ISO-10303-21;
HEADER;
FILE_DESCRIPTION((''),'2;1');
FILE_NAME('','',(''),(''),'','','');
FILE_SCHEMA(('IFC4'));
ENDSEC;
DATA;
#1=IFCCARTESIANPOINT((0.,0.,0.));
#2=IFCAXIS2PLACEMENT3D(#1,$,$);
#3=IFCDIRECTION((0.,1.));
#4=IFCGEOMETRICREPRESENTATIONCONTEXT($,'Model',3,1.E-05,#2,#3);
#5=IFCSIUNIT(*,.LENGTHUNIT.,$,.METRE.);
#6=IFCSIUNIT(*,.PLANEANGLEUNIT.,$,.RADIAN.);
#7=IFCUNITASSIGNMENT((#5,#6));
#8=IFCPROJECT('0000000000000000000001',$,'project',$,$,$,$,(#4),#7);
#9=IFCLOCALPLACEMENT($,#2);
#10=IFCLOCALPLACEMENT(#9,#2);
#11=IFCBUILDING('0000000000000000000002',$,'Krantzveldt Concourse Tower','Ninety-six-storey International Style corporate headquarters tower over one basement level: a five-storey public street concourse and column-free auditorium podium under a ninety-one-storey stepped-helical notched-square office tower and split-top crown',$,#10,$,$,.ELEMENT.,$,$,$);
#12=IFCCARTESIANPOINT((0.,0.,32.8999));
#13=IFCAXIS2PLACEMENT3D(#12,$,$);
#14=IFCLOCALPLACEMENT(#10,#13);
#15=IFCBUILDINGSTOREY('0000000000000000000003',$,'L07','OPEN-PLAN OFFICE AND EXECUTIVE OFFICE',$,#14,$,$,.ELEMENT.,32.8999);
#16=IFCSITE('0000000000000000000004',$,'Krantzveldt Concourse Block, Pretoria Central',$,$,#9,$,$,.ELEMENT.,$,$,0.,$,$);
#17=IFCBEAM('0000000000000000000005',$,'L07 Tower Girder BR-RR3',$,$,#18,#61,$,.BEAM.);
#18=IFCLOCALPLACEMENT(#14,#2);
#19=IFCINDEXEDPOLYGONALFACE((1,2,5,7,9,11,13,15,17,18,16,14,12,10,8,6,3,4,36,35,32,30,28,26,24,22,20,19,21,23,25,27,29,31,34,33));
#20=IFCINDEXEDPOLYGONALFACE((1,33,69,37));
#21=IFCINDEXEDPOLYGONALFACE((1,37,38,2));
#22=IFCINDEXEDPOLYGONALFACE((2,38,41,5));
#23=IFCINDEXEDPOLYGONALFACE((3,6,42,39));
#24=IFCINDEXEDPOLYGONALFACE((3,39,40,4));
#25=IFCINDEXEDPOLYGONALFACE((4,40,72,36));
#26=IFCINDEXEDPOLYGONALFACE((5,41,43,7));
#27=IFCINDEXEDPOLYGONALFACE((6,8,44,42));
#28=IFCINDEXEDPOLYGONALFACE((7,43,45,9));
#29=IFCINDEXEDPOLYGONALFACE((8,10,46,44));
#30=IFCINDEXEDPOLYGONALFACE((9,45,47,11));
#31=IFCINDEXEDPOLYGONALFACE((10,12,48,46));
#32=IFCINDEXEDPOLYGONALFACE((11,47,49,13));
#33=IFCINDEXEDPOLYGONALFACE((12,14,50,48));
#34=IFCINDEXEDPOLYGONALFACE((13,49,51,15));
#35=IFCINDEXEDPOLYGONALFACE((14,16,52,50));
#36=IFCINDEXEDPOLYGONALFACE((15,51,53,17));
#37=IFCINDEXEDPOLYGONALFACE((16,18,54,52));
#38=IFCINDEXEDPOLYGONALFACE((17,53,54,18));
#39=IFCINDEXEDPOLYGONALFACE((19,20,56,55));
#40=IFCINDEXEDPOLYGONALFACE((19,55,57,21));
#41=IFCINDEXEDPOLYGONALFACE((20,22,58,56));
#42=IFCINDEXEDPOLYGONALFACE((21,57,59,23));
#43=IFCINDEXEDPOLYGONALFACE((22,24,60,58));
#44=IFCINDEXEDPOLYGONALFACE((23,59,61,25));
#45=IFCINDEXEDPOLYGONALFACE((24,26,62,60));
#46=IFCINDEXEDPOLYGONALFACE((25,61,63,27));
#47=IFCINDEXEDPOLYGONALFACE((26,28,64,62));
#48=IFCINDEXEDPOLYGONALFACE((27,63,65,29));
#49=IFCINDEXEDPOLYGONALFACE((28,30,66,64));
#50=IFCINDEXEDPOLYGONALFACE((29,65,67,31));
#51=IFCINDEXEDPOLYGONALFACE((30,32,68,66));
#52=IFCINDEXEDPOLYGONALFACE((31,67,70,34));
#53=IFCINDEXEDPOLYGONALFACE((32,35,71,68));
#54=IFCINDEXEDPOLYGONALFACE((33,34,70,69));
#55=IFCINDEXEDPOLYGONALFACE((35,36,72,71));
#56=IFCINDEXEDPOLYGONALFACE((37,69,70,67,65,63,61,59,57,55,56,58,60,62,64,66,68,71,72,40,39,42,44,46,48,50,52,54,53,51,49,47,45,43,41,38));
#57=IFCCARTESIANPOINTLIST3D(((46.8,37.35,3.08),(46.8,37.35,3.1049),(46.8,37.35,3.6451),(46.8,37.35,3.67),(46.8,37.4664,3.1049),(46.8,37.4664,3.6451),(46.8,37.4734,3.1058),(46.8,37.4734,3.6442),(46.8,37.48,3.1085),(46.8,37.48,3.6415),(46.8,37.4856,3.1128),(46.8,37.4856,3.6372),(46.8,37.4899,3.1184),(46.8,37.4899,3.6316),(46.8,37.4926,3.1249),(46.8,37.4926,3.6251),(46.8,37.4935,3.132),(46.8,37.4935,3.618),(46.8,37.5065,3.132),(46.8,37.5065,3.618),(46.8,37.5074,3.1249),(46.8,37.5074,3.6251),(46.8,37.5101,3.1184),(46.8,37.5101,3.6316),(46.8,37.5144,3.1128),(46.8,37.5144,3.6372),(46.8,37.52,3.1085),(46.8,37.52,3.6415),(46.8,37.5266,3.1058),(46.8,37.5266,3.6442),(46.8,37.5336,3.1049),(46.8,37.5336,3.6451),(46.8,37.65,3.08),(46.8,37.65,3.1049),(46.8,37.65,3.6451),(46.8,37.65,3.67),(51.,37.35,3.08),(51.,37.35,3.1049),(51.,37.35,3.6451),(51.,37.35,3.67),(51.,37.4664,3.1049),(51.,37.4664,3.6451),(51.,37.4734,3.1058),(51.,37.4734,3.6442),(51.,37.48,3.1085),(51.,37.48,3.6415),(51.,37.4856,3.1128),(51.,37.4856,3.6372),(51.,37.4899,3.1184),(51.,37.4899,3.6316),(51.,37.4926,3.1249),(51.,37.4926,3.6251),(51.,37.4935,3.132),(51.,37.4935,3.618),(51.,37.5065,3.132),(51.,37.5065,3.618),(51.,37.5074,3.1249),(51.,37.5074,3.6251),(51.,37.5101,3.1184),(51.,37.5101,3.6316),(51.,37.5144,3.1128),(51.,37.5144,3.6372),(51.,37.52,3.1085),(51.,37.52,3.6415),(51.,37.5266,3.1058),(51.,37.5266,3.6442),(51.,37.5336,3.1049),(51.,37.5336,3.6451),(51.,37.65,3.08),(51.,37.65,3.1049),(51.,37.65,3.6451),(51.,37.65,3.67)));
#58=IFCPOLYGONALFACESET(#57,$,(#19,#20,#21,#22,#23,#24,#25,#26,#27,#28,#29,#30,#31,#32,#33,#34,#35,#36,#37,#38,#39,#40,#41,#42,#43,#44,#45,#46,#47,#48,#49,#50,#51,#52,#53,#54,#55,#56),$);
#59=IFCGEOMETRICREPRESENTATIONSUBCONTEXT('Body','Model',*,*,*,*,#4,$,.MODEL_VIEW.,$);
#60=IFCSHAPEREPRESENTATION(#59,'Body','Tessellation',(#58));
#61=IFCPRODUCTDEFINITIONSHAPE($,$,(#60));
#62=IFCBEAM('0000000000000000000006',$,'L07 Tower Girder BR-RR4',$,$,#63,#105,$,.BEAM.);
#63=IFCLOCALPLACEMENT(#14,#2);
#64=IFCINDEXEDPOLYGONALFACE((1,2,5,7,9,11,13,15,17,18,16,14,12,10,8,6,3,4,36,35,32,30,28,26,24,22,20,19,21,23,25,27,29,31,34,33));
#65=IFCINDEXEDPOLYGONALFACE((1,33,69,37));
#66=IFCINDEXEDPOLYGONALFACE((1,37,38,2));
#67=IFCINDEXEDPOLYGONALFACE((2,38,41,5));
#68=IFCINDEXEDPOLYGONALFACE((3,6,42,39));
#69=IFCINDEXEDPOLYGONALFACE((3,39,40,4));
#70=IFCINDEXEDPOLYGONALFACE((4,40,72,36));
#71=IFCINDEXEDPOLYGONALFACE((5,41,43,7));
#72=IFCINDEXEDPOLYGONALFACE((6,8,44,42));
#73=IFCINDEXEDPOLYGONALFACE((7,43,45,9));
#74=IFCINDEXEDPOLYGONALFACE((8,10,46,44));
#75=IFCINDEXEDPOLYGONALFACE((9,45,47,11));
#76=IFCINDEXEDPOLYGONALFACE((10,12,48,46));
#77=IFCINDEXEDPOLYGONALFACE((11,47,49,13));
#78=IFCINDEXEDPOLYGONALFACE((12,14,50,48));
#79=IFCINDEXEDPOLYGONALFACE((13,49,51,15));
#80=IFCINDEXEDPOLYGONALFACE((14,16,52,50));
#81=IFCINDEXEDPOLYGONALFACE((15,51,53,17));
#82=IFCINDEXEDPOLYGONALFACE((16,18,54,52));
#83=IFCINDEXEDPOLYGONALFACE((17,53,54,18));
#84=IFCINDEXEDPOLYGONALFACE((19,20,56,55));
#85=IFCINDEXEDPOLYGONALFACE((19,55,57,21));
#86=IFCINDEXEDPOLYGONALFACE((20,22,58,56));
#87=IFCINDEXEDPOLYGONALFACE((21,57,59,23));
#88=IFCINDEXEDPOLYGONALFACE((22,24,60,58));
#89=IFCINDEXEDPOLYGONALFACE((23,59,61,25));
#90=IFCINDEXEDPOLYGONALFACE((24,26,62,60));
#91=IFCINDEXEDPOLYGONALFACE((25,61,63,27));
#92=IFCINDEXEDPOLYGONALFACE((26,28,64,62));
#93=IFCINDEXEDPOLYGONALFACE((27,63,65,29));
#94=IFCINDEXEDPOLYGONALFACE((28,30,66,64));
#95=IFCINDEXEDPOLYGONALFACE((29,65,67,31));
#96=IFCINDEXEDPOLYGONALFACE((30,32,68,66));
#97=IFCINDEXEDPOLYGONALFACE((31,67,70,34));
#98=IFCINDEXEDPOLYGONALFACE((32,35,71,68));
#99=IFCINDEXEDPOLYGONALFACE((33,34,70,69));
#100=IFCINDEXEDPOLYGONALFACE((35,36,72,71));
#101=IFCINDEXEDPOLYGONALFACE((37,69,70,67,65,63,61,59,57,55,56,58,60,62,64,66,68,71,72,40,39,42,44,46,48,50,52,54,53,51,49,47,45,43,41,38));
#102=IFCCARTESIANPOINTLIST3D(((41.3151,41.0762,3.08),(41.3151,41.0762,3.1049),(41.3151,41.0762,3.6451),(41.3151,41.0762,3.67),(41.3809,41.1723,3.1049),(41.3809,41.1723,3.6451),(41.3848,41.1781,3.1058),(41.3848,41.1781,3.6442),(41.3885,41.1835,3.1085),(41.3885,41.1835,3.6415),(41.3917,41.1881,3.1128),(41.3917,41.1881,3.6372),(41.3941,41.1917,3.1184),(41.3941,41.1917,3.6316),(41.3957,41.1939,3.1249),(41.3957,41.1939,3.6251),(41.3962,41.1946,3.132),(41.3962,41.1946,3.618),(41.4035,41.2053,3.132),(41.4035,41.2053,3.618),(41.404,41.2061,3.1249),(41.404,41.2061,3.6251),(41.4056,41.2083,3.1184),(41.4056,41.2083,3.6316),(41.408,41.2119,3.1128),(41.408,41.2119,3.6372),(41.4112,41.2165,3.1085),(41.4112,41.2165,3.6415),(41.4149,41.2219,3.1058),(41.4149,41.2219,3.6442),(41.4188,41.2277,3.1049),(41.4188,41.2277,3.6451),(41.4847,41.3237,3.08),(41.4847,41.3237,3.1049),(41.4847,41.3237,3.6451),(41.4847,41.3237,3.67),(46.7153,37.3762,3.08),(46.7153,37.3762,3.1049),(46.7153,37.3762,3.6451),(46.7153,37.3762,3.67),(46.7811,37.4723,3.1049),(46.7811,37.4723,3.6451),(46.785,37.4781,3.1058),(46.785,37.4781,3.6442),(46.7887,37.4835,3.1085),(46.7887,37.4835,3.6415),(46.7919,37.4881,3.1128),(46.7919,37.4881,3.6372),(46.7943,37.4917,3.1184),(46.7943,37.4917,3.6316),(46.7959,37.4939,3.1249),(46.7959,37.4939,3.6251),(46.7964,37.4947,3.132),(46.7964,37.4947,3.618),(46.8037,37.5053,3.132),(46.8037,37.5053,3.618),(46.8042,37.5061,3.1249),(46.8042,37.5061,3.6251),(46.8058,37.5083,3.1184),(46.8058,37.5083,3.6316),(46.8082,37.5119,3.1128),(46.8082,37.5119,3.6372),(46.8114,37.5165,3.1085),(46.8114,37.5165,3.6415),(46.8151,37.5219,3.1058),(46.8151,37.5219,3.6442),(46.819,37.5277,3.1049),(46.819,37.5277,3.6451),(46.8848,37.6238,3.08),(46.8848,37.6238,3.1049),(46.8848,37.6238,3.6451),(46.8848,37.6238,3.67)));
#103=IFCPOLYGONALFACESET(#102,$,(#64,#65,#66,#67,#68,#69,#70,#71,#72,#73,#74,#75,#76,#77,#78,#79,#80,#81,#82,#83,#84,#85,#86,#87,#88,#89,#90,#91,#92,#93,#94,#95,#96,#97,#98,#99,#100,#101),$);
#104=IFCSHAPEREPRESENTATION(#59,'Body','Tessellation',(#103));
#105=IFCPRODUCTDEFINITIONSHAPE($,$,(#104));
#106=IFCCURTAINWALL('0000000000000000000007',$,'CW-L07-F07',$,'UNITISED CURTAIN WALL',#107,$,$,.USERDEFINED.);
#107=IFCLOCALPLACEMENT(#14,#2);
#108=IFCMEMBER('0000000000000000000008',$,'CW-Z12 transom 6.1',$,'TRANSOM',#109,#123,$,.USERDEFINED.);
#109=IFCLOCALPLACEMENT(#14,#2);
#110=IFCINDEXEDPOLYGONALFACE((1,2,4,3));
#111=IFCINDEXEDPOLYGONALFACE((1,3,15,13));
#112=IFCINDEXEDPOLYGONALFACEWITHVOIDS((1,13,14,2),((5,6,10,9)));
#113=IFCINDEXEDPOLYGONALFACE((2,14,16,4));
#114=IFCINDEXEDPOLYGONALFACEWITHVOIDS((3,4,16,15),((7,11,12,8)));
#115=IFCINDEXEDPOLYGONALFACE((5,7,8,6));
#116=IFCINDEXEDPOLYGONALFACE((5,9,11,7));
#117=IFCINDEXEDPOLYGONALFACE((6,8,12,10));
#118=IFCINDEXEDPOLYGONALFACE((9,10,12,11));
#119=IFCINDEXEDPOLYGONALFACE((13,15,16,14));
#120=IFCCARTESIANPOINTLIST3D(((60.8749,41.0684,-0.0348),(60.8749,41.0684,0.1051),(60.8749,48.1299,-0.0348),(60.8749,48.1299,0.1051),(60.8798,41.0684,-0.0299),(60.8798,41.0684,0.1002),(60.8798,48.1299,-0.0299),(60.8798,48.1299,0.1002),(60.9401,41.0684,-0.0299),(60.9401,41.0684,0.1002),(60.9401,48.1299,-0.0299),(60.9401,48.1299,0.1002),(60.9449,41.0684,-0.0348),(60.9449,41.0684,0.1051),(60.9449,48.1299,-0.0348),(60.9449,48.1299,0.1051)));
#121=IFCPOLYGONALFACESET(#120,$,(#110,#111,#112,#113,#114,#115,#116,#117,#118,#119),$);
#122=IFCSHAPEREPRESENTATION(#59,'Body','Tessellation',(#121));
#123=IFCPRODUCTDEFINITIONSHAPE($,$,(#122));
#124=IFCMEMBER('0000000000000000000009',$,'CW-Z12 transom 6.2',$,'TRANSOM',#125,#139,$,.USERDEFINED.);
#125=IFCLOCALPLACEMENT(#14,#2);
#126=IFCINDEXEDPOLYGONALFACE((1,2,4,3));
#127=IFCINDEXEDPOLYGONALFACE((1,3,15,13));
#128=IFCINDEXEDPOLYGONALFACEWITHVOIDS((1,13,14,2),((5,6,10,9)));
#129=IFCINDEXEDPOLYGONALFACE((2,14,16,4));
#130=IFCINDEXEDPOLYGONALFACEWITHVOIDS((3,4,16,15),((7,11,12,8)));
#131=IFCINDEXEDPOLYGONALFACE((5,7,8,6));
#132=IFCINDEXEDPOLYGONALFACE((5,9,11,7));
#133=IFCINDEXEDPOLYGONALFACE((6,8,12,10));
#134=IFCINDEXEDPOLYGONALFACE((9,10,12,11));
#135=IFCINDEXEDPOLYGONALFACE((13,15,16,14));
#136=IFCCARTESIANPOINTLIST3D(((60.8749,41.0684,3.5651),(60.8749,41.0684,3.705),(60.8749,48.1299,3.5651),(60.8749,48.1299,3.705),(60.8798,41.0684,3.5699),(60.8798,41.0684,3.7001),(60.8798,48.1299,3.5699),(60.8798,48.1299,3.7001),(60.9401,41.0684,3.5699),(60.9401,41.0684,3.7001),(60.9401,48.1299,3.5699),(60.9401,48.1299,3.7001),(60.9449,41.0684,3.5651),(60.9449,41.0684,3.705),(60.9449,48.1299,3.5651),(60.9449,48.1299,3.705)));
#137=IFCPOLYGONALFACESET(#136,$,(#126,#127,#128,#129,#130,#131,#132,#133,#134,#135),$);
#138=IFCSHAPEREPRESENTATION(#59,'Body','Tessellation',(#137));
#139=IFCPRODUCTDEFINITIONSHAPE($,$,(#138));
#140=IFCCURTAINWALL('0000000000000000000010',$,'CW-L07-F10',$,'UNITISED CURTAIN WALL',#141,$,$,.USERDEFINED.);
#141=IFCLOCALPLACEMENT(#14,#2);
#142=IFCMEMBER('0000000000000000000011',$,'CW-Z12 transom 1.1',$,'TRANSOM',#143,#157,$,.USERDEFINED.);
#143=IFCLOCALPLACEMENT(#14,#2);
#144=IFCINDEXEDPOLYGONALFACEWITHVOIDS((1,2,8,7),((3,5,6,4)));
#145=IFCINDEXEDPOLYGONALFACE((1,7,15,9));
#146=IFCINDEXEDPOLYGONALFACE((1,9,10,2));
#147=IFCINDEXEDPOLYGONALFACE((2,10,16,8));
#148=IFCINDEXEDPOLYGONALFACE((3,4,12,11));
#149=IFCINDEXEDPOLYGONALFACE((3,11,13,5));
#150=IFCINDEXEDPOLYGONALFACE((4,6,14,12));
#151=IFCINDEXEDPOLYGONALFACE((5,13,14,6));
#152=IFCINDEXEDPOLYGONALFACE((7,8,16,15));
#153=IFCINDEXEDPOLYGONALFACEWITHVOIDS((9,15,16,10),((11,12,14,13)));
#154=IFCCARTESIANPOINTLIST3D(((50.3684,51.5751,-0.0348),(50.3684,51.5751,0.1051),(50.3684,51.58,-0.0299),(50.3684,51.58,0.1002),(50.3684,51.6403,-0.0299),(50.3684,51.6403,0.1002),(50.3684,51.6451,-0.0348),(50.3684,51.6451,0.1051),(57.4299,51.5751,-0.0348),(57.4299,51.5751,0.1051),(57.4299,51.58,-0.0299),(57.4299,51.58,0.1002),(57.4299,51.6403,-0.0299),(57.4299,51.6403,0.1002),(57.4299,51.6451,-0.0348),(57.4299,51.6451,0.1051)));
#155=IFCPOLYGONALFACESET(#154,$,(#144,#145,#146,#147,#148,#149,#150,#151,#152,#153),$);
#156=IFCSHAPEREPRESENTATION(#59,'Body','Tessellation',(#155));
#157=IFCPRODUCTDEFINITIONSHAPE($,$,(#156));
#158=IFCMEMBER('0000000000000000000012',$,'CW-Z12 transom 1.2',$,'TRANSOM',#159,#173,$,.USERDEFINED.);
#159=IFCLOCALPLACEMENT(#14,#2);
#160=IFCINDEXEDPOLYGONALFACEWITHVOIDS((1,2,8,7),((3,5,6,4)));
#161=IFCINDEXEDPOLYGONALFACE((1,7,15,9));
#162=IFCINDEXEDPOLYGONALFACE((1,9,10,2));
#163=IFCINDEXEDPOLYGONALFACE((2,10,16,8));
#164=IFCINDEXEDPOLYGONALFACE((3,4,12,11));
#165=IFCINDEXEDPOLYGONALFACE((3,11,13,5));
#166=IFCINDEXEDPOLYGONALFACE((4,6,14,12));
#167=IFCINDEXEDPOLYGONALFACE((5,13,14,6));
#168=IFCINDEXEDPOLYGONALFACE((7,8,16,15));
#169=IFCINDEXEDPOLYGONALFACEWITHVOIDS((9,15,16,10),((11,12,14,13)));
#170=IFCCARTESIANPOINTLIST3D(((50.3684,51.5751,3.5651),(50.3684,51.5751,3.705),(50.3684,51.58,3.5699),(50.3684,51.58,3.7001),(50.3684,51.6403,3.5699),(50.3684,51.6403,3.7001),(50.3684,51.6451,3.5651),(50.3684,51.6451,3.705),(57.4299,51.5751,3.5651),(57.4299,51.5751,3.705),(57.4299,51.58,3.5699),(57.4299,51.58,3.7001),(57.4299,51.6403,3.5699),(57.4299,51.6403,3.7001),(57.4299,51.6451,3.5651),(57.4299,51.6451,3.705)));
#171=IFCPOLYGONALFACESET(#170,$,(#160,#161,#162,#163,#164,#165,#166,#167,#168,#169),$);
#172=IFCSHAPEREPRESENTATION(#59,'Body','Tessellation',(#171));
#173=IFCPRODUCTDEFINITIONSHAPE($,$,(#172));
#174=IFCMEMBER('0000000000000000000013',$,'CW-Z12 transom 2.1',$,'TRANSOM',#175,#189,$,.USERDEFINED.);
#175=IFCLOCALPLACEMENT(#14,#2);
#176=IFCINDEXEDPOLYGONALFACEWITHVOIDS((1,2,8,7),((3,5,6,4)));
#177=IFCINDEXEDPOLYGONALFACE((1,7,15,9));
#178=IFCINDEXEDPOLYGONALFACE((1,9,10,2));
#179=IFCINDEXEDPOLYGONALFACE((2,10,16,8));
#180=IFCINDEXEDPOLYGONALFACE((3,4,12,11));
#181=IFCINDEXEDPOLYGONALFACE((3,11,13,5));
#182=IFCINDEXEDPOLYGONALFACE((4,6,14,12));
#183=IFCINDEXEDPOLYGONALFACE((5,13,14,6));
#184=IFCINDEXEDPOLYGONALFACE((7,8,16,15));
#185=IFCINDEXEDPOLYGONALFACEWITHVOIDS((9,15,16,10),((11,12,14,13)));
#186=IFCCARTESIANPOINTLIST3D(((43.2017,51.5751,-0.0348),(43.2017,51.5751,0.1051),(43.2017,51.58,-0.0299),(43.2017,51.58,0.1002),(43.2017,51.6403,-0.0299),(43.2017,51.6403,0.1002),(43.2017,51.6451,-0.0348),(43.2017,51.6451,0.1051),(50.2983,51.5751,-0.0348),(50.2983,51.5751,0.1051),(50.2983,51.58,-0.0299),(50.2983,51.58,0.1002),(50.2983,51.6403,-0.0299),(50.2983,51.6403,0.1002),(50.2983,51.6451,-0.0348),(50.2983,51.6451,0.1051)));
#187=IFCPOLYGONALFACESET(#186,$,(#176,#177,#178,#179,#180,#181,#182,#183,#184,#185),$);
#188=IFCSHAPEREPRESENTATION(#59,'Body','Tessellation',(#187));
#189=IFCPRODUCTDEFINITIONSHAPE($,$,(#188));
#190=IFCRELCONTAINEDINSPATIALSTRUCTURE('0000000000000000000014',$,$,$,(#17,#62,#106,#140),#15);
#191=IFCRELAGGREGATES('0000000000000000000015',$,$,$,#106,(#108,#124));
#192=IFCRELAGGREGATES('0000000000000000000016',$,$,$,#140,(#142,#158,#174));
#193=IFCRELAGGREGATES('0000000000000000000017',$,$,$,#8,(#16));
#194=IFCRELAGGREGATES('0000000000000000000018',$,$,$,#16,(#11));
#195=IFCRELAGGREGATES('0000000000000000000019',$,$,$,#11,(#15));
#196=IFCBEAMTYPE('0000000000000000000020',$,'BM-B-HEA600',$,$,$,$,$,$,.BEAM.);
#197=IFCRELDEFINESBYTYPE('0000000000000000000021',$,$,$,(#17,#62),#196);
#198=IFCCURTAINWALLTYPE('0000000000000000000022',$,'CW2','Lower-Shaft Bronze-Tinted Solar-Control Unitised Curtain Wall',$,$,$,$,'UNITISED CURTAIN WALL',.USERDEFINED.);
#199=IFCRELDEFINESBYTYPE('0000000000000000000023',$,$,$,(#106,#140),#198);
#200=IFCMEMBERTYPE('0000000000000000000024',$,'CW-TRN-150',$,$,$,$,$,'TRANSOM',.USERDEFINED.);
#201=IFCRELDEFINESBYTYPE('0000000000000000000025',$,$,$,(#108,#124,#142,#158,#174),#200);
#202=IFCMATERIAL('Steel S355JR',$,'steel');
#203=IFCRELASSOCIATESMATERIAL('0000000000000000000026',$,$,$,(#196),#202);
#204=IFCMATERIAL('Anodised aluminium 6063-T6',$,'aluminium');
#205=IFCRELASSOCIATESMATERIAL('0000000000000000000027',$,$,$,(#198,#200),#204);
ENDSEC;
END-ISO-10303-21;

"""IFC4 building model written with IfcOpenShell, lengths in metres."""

from ifc_helpers import new_model, si_unit, direction, frame, origin, origin_2d, place, context, subcontext, project, spatial, hollow_rectangle, i_section, extrude, source, transform, mapped, material, material_profile, profile_set, type_object, type_shapes, element, aggregate, save


model = new_model("IFC4")

# Units and contexts
model_context = context("Model", 3, precision=1e-05, world=origin(), true_north=direction((0.0, 1.0)))
body_context = subcontext(model_context, "Body", "Model", "MODEL_VIEW")
ifc_project = project(units=[si_unit("LENGTHUNIT", "METRE"), si_unit("PLANEANGLEUNIT", "RADIAN")], contexts=[model_context])

# Site, building, storey
site_placement = place(None, origin())
site = spatial("IfcSite", under=ifc_project, at=site_placement, Name="Krantzveldt Concourse Block, Pretoria Central", CompositionType="ELEMENT", RefElevation=0.0)
building_placement = place(site_placement, origin())
building = spatial("IfcBuilding", under=site, at=building_placement, Name="Krantzveldt Concourse Tower", Description="Ninety-six-storey International Style corporate headquarters tower over one basement level: a five-storey public street concourse and column-free auditorium podium under a ninety-one-storey stepped-helical notched-square office tower and split-top crown", CompositionType="ELEMENT")
storey_placement = place(building_placement, frame((0.0, 0.0, 32.8999)))
storey = spatial("IfcBuildingStorey", under=building, at=storey_placement, Name="L07", Description="OPEN-PLAN OFFICE AND EXECUTIVE OFFICE", CompositionType="ELEMENT", Elevation=32.8999)

# Beams
ifc_material_1 = material(Name="Steel S355JR", Category="steel")
ifc_material_profile_1 = material_profile(ifc_material_1, i_section(OverallWidth=0.3, OverallDepth=0.5901, WebThickness=0.0129, FlangeThickness=0.0249, FilletRadius=0.0271, at=origin_2d()), Name="Steel S355JR", Category="steel")
ifc_profile_set_1 = profile_set([ifc_material_profile_1], Name="Steel S355JR - HEA 600")
beam_type_1 = type_object("IfcBeamType", Name="BM-B-HEA600", PredefinedType="BEAM", material=ifc_profile_set_1)
shared_shape_1 = source(origin(), body_context, "Body", "SweptSolid", [
    extrude(i_section(OverallWidth=0.3, OverallDepth=0.5901, WebThickness=0.0129, FlangeThickness=0.0249, FilletRadius=0.0271, at=origin_2d()), origin(), (0.0, 0.0, 1.0), 4.2),
])
beam_1_placement = place(storey_placement, frame((46.8, 37.5, 3.375), z_axis=(1.0, 0.0, 0.0), x_axis=(0.0, 1.0, 0.0)))
element("IfcBeam", 1, at=beam_1_placement, inside=storey, type_object=beam_type_1, Name="L07 Tower Girder BR-RR3", PredefinedType="BEAM", context=body_context, shape_type="MappedRepresentation", body=[
    mapped(shared_shape_1, transform((0.0, 0.0, 0.0), x_axis=(1.0, 0.0, 0.0), y_axis=(0.0, 1.0, 0.0), z_axis=(0.0, 0.0, 1.0), scale=1.0)),
])
shared_shape_2 = source(origin(), body_context, "Body", "SweptSolid", [
    extrude(i_section(OverallWidth=0.3, OverallDepth=0.5901, WebThickness=0.0129, FlangeThickness=0.0249, FilletRadius=0.0271, at=origin_2d()), origin(), (0.0, 0.0, 1.0), 6.5461),
])
type_shapes(beam_type_1, [shared_shape_1, shared_shape_2])
beam_2_placement = place(storey_placement, frame((46.8, 37.5, 3.375), z_axis=(-0.824943, 0.565216, 0.0), x_axis=(-0.565216, -0.824943, 0.0)))
element("IfcBeam", 2, at=beam_2_placement, inside=storey, type_object=beam_type_1, Name="L07 Tower Girder BR-RR4", PredefinedType="BEAM", context=body_context, shape_type="MappedRepresentation", body=[
    mapped(shared_shape_2, transform((0.0, 0.0, 0.0), x_axis=(1.0, 0.0, 0.0), y_axis=(0.0, 1.0, 0.0), z_axis=(0.0, 0.0, 1.0), scale=1.0)),
])

# Curtain walls, members
ifc_material_2 = material(Name="Anodised aluminium 6063-T6", Category="aluminium")
curtain_wall_type = type_object("IfcCurtainWallType", Name="CW2", Description="Lower-Shaft Bronze-Tinted Solar-Control Unitised Curtain Wall", ElementType="UNITISED CURTAIN WALL", PredefinedType="USERDEFINED", material=ifc_material_2)
curtain_wall_1_placement = place(storey_placement, origin())
curtain_wall_1 = element("IfcCurtainWall", 3, at=curtain_wall_1_placement, inside=storey, type_object=curtain_wall_type, Name="CW-L07-F07", ObjectType="UNITISED CURTAIN WALL", PredefinedType="USERDEFINED")
ifc_material_profile_2 = material_profile(ifc_material_2, hollow_rectangle(XDim=0.0701, YDim=0.1399, WallThickness=0.0049, at=origin_2d()), Name="Anodised aluminium 6063-T6", Category="aluminium")
ifc_profile_set_2 = profile_set([ifc_material_profile_2], Name="Anodised aluminium 6063-T6 - ALU-TRAN 140x70x5")
member_type_1 = type_object("IfcMemberType", Name="CW-TRN-150", ElementType="TRANSOM", PredefinedType="USERDEFINED", material=ifc_profile_set_2)
shared_shape_3 = source(origin(), body_context, "Body", "SweptSolid", [
    extrude(hollow_rectangle(XDim=0.0701, YDim=0.1399, WallThickness=0.0049, at=origin_2d()), origin(), (0.0, 0.0, 1.0), 7.0615),
])
member_1_placement = place(storey_placement, frame((60.9099, 41.0684, 0.0352), z_axis=(0.0, 1.0, 0.0), x_axis=(-1.0, 0.0, 0.0)))
member_1 = element("IfcMember", 4, at=member_1_placement, type_object=member_type_1, Name="CW-Z12 transom 6.1", ObjectType="TRANSOM", PredefinedType="USERDEFINED", context=body_context, shape_type="MappedRepresentation", body=[
    mapped(shared_shape_3, transform((0.0, 0.0, 0.0), x_axis=(1.0, 0.0, 0.0), y_axis=(0.0, 1.0, 0.0), z_axis=(0.0, 0.0, 1.0), scale=1.0)),
])
member_2_placement = place(storey_placement, frame((60.9099, 41.0684, 3.635), z_axis=(0.0, 1.0, 0.0), x_axis=(-1.0, 0.0, 0.0)))
member_2 = element("IfcMember", 5, at=member_2_placement, type_object=member_type_1, Name="CW-Z12 transom 6.2", ObjectType="TRANSOM", PredefinedType="USERDEFINED", context=body_context, shape_type="MappedRepresentation", body=[
    mapped(shared_shape_3, transform((0.0, 0.0, 0.0), x_axis=(1.0, 0.0, 0.0), y_axis=(0.0, 1.0, 0.0), z_axis=(0.0, 0.0, 1.0), scale=1.0)),
])
curtain_wall_2_placement = place(storey_placement, origin())
curtain_wall_2 = element("IfcCurtainWall", 6, at=curtain_wall_2_placement, inside=storey, type_object=curtain_wall_type, Name="CW-L07-F10", ObjectType="UNITISED CURTAIN WALL", PredefinedType="USERDEFINED")
member_3_placement = place(storey_placement, frame((57.4299, 51.6101, 0.0352), z_axis=(-1.0, 0.0, 0.0), x_axis=(0.0, -1.0, 0.0)))
member_3 = element("IfcMember", 7, at=member_3_placement, type_object=member_type_1, Name="CW-Z12 transom 1.1", ObjectType="TRANSOM", PredefinedType="USERDEFINED", context=body_context, shape_type="MappedRepresentation", body=[
    mapped(shared_shape_3, transform((0.0, 0.0, 0.0), x_axis=(1.0, 0.0, 0.0), y_axis=(0.0, 1.0, 0.0), z_axis=(0.0, 0.0, 1.0), scale=1.0)),
])
member_4_placement = place(storey_placement, frame((57.4299, 51.6101, 3.635), z_axis=(-1.0, 0.0, 0.0), x_axis=(0.0, -1.0, 0.0)))
member_4 = element("IfcMember", 8, at=member_4_placement, type_object=member_type_1, Name="CW-Z12 transom 1.2", ObjectType="TRANSOM", PredefinedType="USERDEFINED", context=body_context, shape_type="MappedRepresentation", body=[
    mapped(shared_shape_3, transform((0.0, 0.0, 0.0), x_axis=(1.0, 0.0, 0.0), y_axis=(0.0, 1.0, 0.0), z_axis=(0.0, 0.0, 1.0), scale=1.0)),
])
shared_shape_4 = source(origin(), body_context, "Body", "SweptSolid", [
    extrude(hollow_rectangle(XDim=0.0701, YDim=0.1399, WallThickness=0.0049, at=origin_2d()), origin(), (0.0, 0.0, 1.0), 7.0967),
])
type_shapes(member_type_1, [shared_shape_3, shared_shape_4])
member_5_placement = place(storey_placement, frame((50.2983, 51.6101, 0.0352), z_axis=(-1.0, 0.0, 0.0), x_axis=(0.0, -1.0, 0.0)))
member_5 = element("IfcMember", 9, at=member_5_placement, type_object=member_type_1, Name="CW-Z12 transom 2.1", ObjectType="TRANSOM", PredefinedType="USERDEFINED", context=body_context, shape_type="MappedRepresentation", body=[
    mapped(shared_shape_4, transform((0.0, 0.0, 0.0), x_axis=(1.0, 0.0, 0.0), y_axis=(0.0, 1.0, 0.0), z_axis=(0.0, 0.0, 1.0), scale=1.0)),
])

aggregate(curtain_wall_1, [member_1, member_2])
aggregate(curtain_wall_2, [member_3, member_4, member_5])

save(model, "model.ifc")
